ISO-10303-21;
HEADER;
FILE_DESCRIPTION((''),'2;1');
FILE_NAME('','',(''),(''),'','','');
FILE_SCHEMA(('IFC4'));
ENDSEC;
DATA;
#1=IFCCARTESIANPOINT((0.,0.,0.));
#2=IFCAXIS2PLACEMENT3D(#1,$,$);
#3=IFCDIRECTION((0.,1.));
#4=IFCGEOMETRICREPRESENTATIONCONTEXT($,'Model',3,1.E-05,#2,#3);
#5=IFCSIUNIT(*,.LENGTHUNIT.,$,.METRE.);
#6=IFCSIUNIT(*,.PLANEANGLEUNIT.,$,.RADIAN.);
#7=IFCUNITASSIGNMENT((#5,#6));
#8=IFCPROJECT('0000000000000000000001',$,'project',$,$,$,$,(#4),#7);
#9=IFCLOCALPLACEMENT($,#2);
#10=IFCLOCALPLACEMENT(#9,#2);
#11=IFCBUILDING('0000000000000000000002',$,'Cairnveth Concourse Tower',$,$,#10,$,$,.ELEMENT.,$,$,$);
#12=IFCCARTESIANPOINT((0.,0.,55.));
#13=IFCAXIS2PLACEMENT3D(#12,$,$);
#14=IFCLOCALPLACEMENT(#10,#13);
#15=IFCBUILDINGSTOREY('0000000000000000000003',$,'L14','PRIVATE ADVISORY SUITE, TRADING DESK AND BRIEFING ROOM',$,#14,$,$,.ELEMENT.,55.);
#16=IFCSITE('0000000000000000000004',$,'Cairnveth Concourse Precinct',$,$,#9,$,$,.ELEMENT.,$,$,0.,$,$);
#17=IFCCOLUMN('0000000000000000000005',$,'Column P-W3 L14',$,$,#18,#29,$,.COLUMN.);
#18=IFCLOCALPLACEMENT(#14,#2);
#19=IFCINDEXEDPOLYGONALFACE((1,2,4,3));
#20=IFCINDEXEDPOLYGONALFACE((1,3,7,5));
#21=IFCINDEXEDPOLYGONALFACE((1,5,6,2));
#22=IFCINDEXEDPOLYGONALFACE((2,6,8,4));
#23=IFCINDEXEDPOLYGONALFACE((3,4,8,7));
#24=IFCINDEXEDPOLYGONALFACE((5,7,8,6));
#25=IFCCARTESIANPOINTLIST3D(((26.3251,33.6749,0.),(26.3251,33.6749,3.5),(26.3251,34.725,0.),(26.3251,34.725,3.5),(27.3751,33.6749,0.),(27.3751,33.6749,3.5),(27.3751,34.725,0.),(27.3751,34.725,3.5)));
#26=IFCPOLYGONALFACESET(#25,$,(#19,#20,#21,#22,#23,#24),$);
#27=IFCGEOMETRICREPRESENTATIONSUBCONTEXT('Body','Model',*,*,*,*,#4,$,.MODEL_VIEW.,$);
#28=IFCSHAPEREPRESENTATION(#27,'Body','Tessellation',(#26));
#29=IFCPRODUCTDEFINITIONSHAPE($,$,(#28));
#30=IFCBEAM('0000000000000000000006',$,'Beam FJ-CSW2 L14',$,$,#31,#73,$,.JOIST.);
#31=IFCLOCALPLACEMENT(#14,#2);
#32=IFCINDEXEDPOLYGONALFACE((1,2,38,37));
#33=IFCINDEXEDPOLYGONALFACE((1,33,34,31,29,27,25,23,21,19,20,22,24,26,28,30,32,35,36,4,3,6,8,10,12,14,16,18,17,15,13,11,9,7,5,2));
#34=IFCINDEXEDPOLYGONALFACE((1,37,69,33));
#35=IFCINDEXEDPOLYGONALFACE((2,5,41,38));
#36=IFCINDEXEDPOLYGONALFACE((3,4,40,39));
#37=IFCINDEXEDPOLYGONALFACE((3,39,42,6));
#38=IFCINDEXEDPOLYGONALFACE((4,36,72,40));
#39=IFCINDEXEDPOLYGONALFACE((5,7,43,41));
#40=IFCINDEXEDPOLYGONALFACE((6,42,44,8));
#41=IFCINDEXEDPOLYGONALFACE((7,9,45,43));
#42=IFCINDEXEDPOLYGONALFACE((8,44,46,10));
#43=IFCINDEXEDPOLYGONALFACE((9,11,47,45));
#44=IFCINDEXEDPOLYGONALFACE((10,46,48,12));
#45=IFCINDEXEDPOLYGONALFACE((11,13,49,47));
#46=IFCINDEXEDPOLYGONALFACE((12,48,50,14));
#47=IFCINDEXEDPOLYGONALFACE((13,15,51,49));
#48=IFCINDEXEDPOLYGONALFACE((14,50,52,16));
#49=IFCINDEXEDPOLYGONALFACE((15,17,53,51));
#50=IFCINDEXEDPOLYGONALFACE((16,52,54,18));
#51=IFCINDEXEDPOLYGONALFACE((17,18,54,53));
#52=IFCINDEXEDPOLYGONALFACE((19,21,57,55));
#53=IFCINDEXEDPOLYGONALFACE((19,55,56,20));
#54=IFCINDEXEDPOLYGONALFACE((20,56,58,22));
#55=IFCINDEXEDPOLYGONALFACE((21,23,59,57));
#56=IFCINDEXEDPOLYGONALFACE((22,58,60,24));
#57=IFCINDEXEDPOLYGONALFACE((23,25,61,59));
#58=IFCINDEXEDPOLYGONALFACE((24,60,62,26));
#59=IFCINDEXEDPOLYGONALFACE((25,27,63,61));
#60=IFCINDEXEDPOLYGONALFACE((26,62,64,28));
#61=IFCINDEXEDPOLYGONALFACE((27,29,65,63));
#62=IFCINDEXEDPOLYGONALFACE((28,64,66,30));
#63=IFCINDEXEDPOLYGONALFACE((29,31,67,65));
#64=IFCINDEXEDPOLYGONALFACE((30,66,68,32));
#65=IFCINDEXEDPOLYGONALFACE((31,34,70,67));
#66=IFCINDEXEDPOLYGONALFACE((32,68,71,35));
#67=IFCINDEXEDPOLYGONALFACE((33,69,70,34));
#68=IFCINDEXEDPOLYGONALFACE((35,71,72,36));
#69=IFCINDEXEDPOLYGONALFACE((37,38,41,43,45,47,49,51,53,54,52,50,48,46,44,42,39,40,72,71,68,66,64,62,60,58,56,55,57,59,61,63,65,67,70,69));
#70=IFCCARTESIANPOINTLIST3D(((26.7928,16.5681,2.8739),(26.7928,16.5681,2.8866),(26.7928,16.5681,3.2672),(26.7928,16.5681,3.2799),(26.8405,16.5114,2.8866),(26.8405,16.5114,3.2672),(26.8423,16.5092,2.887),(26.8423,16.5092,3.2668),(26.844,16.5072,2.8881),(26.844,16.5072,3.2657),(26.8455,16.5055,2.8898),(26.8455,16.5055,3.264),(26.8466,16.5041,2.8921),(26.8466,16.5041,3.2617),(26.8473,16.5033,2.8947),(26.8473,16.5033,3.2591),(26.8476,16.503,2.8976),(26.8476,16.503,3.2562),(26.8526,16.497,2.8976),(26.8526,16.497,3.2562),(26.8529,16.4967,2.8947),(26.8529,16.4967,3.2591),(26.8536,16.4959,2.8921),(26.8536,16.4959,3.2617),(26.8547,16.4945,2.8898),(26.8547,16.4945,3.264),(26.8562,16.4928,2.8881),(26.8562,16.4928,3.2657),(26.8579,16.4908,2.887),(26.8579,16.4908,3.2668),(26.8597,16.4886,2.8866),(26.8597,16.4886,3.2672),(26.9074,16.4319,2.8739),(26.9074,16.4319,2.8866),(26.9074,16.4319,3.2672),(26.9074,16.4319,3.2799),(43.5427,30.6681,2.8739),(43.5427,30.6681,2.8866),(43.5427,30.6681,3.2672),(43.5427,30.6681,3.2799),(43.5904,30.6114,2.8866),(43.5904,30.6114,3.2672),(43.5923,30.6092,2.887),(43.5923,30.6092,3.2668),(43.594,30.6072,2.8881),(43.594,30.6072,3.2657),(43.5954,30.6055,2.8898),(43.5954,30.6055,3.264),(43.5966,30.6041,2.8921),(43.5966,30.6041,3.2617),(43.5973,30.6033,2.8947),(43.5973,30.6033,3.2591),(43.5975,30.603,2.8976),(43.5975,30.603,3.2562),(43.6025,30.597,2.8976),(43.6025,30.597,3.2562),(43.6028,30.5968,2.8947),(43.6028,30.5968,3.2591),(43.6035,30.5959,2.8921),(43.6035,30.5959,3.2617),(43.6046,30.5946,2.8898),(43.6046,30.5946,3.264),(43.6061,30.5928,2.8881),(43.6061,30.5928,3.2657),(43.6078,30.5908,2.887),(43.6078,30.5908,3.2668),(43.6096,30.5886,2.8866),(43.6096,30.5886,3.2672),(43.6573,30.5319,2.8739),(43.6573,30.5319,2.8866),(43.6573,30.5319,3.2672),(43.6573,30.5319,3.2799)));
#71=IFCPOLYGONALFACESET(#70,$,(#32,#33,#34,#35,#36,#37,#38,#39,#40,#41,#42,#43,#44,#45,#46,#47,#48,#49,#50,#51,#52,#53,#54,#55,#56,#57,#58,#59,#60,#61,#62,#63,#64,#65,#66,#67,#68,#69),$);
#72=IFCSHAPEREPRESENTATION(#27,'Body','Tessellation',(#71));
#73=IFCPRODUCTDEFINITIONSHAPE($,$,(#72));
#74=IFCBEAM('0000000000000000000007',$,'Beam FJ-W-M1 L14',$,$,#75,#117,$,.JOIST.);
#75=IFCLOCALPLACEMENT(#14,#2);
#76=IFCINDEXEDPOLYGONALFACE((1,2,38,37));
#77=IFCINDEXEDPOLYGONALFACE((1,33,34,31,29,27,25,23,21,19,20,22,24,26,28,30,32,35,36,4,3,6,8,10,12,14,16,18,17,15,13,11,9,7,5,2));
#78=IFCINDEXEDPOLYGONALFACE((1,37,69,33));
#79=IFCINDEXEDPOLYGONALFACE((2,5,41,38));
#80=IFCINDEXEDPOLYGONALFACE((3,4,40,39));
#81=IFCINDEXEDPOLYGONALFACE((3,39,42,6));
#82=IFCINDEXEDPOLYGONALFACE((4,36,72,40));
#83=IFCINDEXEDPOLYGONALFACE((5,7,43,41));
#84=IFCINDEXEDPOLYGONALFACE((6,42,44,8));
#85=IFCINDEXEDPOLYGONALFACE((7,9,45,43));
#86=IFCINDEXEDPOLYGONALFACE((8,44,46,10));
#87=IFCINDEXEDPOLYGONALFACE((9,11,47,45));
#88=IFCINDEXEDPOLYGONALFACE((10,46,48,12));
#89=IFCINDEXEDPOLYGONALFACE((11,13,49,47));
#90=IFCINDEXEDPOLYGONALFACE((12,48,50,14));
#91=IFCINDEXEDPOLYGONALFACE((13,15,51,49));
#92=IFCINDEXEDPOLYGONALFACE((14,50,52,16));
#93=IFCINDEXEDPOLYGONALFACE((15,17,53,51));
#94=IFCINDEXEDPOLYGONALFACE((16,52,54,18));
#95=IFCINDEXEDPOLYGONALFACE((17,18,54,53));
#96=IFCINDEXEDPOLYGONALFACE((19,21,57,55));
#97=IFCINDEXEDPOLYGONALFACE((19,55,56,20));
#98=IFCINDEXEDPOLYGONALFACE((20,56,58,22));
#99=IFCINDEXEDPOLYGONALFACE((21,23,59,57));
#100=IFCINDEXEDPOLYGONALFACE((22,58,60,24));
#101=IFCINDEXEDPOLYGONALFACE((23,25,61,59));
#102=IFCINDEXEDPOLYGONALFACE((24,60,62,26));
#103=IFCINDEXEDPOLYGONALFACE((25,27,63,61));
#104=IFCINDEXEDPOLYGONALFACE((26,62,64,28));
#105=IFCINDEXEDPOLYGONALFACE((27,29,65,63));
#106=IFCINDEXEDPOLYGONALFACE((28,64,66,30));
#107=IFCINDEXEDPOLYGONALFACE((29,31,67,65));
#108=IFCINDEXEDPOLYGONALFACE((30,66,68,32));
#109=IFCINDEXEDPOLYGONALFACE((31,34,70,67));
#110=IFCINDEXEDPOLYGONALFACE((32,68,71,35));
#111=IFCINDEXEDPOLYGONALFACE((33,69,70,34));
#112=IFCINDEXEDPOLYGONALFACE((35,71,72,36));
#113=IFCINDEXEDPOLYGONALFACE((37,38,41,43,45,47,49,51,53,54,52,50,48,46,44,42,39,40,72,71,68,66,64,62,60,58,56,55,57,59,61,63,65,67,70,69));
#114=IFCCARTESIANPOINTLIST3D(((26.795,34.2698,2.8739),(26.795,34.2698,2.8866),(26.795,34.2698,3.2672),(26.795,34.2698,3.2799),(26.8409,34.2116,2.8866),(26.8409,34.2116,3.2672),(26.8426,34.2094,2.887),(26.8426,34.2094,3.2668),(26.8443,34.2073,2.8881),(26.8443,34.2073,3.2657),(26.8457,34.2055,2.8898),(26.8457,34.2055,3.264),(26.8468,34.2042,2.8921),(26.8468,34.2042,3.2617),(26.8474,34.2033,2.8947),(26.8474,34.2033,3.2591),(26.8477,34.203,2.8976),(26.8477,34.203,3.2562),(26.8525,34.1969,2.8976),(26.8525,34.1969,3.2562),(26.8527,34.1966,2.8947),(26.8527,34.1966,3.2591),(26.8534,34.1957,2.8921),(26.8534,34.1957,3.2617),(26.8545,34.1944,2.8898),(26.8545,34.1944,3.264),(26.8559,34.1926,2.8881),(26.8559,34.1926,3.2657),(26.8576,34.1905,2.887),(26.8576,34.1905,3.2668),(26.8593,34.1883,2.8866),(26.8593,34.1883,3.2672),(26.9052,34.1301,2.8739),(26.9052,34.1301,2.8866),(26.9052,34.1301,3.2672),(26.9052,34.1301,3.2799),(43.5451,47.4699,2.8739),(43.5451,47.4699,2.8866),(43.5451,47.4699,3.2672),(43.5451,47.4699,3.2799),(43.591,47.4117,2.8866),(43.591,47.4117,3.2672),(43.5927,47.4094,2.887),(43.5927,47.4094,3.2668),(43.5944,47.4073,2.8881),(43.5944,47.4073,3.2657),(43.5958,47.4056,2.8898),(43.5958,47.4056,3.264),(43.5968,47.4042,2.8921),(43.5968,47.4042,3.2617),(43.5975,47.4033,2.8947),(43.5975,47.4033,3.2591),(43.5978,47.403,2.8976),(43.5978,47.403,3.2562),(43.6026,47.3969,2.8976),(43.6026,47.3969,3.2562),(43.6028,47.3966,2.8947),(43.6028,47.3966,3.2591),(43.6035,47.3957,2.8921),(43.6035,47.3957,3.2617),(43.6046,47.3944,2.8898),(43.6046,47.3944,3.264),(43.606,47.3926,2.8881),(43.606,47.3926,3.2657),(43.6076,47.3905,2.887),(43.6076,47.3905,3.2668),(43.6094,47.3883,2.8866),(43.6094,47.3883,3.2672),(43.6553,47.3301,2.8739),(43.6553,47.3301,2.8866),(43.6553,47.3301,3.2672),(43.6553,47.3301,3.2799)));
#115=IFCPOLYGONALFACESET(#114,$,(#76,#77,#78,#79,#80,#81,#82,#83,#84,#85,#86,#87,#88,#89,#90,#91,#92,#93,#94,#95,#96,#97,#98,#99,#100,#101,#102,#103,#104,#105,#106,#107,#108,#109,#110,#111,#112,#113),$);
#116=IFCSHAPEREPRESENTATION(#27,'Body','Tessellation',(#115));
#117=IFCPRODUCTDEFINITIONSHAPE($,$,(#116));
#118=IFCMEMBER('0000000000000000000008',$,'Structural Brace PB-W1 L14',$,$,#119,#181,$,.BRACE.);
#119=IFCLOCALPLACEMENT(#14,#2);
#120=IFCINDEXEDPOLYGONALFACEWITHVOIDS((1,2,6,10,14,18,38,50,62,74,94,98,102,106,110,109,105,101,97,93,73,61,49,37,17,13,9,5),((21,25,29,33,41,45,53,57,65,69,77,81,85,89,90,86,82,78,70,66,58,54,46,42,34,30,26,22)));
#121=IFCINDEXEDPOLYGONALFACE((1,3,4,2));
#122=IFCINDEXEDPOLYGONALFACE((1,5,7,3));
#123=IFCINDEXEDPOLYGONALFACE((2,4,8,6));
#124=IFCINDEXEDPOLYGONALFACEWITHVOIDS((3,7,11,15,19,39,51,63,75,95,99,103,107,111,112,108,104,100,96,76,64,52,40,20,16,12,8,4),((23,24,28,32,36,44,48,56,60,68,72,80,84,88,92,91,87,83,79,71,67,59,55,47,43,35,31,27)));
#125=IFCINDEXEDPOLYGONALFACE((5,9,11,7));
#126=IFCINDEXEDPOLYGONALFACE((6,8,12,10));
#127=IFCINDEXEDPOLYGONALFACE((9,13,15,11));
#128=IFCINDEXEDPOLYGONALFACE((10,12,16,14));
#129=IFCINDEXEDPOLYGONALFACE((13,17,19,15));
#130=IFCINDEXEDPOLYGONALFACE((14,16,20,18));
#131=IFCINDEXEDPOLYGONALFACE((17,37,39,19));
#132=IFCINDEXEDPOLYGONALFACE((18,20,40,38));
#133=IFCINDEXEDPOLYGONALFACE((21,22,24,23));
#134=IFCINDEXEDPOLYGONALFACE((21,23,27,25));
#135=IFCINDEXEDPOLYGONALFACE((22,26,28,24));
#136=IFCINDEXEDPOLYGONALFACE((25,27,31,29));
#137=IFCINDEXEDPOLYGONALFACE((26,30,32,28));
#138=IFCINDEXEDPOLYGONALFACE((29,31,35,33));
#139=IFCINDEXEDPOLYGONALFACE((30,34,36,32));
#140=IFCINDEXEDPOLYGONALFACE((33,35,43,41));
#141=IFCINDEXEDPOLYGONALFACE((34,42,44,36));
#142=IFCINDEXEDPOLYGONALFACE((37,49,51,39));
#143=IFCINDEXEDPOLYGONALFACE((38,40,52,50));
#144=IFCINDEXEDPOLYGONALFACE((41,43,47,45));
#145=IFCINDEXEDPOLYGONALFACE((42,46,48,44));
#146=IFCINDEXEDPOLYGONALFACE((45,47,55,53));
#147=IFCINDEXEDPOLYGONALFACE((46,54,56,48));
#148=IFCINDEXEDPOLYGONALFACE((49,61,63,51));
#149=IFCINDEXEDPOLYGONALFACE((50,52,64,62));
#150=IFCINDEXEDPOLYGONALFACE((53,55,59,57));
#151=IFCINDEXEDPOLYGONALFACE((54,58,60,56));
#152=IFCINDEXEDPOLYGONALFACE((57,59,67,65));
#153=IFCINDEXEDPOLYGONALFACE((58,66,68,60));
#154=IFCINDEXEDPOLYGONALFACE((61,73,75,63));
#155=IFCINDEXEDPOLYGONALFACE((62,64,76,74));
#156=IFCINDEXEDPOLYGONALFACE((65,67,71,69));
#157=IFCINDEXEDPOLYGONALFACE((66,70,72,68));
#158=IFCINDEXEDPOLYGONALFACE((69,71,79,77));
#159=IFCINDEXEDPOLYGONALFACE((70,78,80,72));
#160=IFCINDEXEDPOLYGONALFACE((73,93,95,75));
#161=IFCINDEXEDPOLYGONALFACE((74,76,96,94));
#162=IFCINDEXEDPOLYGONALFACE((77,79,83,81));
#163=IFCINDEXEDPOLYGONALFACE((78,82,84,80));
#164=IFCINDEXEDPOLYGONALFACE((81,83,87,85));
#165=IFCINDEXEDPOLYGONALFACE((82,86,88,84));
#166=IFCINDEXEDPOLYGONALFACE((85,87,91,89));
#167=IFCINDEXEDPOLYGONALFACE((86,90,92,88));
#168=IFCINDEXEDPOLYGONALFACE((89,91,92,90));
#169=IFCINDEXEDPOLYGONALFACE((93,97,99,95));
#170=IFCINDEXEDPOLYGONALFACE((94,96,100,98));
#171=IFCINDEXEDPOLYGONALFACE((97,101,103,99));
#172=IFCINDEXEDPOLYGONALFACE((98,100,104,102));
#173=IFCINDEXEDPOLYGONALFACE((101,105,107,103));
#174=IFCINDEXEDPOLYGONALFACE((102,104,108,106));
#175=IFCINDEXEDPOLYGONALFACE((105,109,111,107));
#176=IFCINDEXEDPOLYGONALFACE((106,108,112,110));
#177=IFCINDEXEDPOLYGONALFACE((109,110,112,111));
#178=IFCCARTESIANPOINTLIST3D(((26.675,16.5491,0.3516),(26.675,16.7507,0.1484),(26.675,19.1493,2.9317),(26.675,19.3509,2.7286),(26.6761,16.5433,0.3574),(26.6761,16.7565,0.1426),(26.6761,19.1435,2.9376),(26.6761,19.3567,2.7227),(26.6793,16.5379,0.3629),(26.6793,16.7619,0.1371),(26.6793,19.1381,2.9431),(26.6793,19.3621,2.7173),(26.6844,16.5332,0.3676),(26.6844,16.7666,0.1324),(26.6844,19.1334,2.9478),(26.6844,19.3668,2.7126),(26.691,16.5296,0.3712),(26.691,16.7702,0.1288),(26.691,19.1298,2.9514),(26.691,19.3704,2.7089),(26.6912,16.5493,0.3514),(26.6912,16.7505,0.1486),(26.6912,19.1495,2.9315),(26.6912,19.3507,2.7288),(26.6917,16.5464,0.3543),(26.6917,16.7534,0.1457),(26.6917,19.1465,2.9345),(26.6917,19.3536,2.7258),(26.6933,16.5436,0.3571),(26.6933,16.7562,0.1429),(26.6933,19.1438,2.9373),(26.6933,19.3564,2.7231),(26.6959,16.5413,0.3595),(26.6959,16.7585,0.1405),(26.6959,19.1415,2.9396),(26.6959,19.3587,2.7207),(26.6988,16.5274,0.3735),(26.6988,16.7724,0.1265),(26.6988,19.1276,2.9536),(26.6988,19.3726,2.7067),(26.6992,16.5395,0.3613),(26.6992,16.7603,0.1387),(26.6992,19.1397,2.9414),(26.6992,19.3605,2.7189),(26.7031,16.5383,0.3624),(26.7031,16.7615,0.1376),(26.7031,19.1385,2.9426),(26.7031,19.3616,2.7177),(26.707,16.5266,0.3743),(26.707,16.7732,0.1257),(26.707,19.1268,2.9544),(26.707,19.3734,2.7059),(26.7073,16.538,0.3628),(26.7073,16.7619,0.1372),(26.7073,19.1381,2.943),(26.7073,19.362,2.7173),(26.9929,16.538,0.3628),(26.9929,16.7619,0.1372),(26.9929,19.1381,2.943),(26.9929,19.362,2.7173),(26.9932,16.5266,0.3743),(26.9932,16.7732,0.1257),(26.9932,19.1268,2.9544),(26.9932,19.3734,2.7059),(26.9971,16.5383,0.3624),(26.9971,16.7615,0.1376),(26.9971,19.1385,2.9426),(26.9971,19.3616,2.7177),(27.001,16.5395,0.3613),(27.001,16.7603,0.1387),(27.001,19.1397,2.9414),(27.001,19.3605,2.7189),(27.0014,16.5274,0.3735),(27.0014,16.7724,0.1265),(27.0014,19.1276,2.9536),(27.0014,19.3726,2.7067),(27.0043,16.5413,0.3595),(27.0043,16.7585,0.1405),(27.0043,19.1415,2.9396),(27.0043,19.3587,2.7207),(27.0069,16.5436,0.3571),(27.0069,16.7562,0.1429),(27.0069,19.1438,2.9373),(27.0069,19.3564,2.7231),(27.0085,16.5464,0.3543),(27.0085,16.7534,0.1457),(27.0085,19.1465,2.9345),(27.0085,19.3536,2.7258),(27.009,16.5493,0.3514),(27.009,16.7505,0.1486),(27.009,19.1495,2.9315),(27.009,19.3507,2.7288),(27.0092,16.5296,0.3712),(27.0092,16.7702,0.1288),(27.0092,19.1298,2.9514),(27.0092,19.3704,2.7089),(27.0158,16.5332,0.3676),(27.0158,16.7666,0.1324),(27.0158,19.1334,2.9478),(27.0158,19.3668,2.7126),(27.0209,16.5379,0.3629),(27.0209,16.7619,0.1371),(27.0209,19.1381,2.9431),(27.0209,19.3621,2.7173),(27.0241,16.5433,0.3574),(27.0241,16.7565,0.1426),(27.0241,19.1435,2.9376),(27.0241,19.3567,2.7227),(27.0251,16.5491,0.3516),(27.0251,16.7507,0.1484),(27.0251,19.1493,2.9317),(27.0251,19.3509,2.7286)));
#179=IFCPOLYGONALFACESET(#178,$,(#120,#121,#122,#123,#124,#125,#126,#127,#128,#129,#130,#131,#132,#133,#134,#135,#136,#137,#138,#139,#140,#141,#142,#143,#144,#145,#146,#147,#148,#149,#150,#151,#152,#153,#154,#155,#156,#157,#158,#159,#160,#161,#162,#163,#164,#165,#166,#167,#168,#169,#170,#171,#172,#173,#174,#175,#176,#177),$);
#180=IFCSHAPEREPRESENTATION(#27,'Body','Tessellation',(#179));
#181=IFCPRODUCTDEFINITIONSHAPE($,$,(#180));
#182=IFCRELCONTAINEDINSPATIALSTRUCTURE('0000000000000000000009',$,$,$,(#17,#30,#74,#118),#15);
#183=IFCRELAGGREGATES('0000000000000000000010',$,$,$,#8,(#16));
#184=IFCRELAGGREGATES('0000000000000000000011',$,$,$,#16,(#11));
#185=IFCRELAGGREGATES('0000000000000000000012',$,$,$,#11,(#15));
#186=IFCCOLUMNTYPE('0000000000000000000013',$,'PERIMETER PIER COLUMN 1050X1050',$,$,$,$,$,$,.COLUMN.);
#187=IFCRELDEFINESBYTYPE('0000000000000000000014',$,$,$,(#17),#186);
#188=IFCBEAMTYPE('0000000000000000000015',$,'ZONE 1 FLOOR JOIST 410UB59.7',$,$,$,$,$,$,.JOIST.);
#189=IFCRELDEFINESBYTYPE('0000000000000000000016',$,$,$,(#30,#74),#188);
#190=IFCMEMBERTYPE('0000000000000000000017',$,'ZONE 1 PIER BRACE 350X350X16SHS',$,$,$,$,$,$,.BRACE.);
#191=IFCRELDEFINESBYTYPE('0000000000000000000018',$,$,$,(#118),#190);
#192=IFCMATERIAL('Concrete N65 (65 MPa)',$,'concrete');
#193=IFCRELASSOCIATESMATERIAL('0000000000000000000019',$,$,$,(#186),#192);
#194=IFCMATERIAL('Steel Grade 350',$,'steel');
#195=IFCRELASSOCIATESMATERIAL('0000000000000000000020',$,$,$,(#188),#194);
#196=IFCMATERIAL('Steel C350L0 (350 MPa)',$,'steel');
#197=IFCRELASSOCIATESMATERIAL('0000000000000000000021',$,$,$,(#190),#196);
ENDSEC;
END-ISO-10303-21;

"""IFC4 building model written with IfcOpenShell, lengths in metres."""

from ifc_helpers import new_model, si_unit, direction, frame, origin, origin_2d, place, context, subcontext, project, spatial, rectangle, hollow_rectangle, i_section, extrude, material, material_profile, profile_set, type_object, element, save


model = new_model("IFC4")

# Units and contexts
model_context = context("Model", 3, precision=1e-05, world=origin(), true_north=direction((0.0, 1.0)))
body_context = subcontext(model_context, "Body", "Model", "MODEL_VIEW")
ifc_project = project(units=[si_unit("LENGTHUNIT", "METRE"), si_unit("PLANEANGLEUNIT", "RADIAN")], contexts=[model_context])

# Site, building, storey
site_placement = place(None, origin())
site = spatial("IfcSite", under=ifc_project, at=site_placement, Name="Cairnveth Concourse Precinct", CompositionType="ELEMENT", RefElevation=0.0)
building_placement = place(site_placement, origin())
building = spatial("IfcBuilding", under=site, at=building_placement, Name="Cairnveth Concourse Tower", CompositionType="ELEMENT")
storey_placement = place(building_placement, frame((0.0, 0.0, 55.0)))
storey = spatial("IfcBuildingStorey", under=building, at=storey_placement, Name="L14", Description="PRIVATE ADVISORY SUITE, TRADING DESK AND BRIEFING ROOM", CompositionType="ELEMENT", Elevation=55.0)

# Column
ifc_material_1 = material(Name="Concrete N65 (65 MPa)", Category="concrete")
ifc_material_profile_1 = material_profile(ifc_material_1, rectangle(XDim=1.05, YDim=1.05, at=origin_2d()), Name="RC-COL-1050x1050")
ifc_profile_set_1 = profile_set([ifc_material_profile_1], Name="Concrete N65 (65 MPa)")
column_type = type_object("IfcColumnType", Name="PERIMETER PIER COLUMN 1050X1050", PredefinedType="COLUMN", material=ifc_profile_set_1)
column_placement = place(storey_placement, frame((26.8501, 34.2, 0.0), z_axis=(0.0, 0.0, 1.0), x_axis=(0.0, 1.0, 0.0)))
element("IfcColumn", 1, at=column_placement, inside=storey, type_object=column_type, Name="Column P-W3 L14", PredefinedType="COLUMN", context=body_context, shape_type="SweptSolid", body=[
    extrude(rectangle(XDim=1.05, YDim=1.05, at=origin_2d()), origin(), (0.0, 0.0, 1.0), 3.5),
])

# Beams
ifc_material_2 = material(Name="Steel Grade 350", Category="steel")
ifc_material_profile_2 = material_profile(ifc_material_2, i_section(OverallWidth=0.178, OverallDepth=0.406, WebThickness=0.0078, FlangeThickness=0.0127, FilletRadius=0.011, at=origin_2d()), Name="410UB59.7")
ifc_profile_set_2 = profile_set([ifc_material_profile_2], Name="Steel Grade 350")
beam_type_1 = type_object("IfcBeamType", Name="ZONE 1 FLOOR JOIST 410UB59.7", PredefinedType="JOIST", material=ifc_profile_set_2)
beam_1_placement = place(storey_placement, frame((26.8501, 16.5, 3.0769), z_axis=(0.765027, 0.643998, 0.0), x_axis=(-0.643998, 0.765027, 0.0)))
element("IfcBeam", 2, at=beam_1_placement, inside=storey, type_object=beam_type_1, Name="Beam FJ-CSW2 L14", PredefinedType="JOIST", context=body_context, shape_type="SweptSolid", body=[
    extrude(i_section(OverallWidth=0.178, OverallDepth=0.406, WebThickness=0.0078, FlangeThickness=0.0127, FilletRadius=0.011, at=origin_2d()), origin(), (0.0, 0.0, 1.0), 21.8945),
])
beam_2_placement = place(storey_placement, frame((26.8501, 34.2, 3.0769), z_axis=(0.785424, 0.618958, 0.0), x_axis=(-0.618958, 0.785424, 0.0)))
element("IfcBeam", 3, at=beam_2_placement, inside=storey, type_object=beam_type_1, Name="Beam FJ-W-M1 L14", PredefinedType="JOIST", context=body_context, shape_type="SweptSolid", body=[
    extrude(i_section(OverallWidth=0.178, OverallDepth=0.406, WebThickness=0.0078, FlangeThickness=0.0127, FilletRadius=0.011, at=origin_2d()), origin(), (0.0, 0.0, 1.0), 21.3262),
])

# Member
ifc_material_3 = material(Name="Steel C350L0 (350 MPa)", Category="steel")
ifc_material_profile_3 = material_profile(ifc_material_3, hollow_rectangle(XDim=0.3501, YDim=0.3501, WallThickness=0.0161, InnerFilletRadius=0.0161, OuterFilletRadius=0.032, at=origin_2d()), Name="350x350x16.0SHS")
ifc_profile_set_3 = profile_set([ifc_material_profile_3], Name="Steel C350L0 (350 MPa)")
member_type = type_object("IfcMemberType", Name="ZONE 1 PIER BRACE 350X350X16SHS", PredefinedType="BRACE", material=ifc_profile_set_3)
member_placement = place(storey_placement, frame((26.8501, 16.6499, 0.25), z_axis=(0.0, 0.709834, 0.704369), x_axis=(-1.0, 0.0, 0.0)))
element("IfcMember", 4, at=member_placement, inside=storey, type_object=member_type, Name="Structural Brace PB-W1 L14", PredefinedType="BRACE", context=body_context, shape_type="SweptSolid", body=[
    extrude(hollow_rectangle(XDim=0.3501, YDim=0.3501, WallThickness=0.0161, InnerFilletRadius=0.0161, OuterFilletRadius=0.032, at=origin_2d()), origin(), (0.0, 0.0, 1.0), 3.6631),
])

save(model, "model.ifc")
